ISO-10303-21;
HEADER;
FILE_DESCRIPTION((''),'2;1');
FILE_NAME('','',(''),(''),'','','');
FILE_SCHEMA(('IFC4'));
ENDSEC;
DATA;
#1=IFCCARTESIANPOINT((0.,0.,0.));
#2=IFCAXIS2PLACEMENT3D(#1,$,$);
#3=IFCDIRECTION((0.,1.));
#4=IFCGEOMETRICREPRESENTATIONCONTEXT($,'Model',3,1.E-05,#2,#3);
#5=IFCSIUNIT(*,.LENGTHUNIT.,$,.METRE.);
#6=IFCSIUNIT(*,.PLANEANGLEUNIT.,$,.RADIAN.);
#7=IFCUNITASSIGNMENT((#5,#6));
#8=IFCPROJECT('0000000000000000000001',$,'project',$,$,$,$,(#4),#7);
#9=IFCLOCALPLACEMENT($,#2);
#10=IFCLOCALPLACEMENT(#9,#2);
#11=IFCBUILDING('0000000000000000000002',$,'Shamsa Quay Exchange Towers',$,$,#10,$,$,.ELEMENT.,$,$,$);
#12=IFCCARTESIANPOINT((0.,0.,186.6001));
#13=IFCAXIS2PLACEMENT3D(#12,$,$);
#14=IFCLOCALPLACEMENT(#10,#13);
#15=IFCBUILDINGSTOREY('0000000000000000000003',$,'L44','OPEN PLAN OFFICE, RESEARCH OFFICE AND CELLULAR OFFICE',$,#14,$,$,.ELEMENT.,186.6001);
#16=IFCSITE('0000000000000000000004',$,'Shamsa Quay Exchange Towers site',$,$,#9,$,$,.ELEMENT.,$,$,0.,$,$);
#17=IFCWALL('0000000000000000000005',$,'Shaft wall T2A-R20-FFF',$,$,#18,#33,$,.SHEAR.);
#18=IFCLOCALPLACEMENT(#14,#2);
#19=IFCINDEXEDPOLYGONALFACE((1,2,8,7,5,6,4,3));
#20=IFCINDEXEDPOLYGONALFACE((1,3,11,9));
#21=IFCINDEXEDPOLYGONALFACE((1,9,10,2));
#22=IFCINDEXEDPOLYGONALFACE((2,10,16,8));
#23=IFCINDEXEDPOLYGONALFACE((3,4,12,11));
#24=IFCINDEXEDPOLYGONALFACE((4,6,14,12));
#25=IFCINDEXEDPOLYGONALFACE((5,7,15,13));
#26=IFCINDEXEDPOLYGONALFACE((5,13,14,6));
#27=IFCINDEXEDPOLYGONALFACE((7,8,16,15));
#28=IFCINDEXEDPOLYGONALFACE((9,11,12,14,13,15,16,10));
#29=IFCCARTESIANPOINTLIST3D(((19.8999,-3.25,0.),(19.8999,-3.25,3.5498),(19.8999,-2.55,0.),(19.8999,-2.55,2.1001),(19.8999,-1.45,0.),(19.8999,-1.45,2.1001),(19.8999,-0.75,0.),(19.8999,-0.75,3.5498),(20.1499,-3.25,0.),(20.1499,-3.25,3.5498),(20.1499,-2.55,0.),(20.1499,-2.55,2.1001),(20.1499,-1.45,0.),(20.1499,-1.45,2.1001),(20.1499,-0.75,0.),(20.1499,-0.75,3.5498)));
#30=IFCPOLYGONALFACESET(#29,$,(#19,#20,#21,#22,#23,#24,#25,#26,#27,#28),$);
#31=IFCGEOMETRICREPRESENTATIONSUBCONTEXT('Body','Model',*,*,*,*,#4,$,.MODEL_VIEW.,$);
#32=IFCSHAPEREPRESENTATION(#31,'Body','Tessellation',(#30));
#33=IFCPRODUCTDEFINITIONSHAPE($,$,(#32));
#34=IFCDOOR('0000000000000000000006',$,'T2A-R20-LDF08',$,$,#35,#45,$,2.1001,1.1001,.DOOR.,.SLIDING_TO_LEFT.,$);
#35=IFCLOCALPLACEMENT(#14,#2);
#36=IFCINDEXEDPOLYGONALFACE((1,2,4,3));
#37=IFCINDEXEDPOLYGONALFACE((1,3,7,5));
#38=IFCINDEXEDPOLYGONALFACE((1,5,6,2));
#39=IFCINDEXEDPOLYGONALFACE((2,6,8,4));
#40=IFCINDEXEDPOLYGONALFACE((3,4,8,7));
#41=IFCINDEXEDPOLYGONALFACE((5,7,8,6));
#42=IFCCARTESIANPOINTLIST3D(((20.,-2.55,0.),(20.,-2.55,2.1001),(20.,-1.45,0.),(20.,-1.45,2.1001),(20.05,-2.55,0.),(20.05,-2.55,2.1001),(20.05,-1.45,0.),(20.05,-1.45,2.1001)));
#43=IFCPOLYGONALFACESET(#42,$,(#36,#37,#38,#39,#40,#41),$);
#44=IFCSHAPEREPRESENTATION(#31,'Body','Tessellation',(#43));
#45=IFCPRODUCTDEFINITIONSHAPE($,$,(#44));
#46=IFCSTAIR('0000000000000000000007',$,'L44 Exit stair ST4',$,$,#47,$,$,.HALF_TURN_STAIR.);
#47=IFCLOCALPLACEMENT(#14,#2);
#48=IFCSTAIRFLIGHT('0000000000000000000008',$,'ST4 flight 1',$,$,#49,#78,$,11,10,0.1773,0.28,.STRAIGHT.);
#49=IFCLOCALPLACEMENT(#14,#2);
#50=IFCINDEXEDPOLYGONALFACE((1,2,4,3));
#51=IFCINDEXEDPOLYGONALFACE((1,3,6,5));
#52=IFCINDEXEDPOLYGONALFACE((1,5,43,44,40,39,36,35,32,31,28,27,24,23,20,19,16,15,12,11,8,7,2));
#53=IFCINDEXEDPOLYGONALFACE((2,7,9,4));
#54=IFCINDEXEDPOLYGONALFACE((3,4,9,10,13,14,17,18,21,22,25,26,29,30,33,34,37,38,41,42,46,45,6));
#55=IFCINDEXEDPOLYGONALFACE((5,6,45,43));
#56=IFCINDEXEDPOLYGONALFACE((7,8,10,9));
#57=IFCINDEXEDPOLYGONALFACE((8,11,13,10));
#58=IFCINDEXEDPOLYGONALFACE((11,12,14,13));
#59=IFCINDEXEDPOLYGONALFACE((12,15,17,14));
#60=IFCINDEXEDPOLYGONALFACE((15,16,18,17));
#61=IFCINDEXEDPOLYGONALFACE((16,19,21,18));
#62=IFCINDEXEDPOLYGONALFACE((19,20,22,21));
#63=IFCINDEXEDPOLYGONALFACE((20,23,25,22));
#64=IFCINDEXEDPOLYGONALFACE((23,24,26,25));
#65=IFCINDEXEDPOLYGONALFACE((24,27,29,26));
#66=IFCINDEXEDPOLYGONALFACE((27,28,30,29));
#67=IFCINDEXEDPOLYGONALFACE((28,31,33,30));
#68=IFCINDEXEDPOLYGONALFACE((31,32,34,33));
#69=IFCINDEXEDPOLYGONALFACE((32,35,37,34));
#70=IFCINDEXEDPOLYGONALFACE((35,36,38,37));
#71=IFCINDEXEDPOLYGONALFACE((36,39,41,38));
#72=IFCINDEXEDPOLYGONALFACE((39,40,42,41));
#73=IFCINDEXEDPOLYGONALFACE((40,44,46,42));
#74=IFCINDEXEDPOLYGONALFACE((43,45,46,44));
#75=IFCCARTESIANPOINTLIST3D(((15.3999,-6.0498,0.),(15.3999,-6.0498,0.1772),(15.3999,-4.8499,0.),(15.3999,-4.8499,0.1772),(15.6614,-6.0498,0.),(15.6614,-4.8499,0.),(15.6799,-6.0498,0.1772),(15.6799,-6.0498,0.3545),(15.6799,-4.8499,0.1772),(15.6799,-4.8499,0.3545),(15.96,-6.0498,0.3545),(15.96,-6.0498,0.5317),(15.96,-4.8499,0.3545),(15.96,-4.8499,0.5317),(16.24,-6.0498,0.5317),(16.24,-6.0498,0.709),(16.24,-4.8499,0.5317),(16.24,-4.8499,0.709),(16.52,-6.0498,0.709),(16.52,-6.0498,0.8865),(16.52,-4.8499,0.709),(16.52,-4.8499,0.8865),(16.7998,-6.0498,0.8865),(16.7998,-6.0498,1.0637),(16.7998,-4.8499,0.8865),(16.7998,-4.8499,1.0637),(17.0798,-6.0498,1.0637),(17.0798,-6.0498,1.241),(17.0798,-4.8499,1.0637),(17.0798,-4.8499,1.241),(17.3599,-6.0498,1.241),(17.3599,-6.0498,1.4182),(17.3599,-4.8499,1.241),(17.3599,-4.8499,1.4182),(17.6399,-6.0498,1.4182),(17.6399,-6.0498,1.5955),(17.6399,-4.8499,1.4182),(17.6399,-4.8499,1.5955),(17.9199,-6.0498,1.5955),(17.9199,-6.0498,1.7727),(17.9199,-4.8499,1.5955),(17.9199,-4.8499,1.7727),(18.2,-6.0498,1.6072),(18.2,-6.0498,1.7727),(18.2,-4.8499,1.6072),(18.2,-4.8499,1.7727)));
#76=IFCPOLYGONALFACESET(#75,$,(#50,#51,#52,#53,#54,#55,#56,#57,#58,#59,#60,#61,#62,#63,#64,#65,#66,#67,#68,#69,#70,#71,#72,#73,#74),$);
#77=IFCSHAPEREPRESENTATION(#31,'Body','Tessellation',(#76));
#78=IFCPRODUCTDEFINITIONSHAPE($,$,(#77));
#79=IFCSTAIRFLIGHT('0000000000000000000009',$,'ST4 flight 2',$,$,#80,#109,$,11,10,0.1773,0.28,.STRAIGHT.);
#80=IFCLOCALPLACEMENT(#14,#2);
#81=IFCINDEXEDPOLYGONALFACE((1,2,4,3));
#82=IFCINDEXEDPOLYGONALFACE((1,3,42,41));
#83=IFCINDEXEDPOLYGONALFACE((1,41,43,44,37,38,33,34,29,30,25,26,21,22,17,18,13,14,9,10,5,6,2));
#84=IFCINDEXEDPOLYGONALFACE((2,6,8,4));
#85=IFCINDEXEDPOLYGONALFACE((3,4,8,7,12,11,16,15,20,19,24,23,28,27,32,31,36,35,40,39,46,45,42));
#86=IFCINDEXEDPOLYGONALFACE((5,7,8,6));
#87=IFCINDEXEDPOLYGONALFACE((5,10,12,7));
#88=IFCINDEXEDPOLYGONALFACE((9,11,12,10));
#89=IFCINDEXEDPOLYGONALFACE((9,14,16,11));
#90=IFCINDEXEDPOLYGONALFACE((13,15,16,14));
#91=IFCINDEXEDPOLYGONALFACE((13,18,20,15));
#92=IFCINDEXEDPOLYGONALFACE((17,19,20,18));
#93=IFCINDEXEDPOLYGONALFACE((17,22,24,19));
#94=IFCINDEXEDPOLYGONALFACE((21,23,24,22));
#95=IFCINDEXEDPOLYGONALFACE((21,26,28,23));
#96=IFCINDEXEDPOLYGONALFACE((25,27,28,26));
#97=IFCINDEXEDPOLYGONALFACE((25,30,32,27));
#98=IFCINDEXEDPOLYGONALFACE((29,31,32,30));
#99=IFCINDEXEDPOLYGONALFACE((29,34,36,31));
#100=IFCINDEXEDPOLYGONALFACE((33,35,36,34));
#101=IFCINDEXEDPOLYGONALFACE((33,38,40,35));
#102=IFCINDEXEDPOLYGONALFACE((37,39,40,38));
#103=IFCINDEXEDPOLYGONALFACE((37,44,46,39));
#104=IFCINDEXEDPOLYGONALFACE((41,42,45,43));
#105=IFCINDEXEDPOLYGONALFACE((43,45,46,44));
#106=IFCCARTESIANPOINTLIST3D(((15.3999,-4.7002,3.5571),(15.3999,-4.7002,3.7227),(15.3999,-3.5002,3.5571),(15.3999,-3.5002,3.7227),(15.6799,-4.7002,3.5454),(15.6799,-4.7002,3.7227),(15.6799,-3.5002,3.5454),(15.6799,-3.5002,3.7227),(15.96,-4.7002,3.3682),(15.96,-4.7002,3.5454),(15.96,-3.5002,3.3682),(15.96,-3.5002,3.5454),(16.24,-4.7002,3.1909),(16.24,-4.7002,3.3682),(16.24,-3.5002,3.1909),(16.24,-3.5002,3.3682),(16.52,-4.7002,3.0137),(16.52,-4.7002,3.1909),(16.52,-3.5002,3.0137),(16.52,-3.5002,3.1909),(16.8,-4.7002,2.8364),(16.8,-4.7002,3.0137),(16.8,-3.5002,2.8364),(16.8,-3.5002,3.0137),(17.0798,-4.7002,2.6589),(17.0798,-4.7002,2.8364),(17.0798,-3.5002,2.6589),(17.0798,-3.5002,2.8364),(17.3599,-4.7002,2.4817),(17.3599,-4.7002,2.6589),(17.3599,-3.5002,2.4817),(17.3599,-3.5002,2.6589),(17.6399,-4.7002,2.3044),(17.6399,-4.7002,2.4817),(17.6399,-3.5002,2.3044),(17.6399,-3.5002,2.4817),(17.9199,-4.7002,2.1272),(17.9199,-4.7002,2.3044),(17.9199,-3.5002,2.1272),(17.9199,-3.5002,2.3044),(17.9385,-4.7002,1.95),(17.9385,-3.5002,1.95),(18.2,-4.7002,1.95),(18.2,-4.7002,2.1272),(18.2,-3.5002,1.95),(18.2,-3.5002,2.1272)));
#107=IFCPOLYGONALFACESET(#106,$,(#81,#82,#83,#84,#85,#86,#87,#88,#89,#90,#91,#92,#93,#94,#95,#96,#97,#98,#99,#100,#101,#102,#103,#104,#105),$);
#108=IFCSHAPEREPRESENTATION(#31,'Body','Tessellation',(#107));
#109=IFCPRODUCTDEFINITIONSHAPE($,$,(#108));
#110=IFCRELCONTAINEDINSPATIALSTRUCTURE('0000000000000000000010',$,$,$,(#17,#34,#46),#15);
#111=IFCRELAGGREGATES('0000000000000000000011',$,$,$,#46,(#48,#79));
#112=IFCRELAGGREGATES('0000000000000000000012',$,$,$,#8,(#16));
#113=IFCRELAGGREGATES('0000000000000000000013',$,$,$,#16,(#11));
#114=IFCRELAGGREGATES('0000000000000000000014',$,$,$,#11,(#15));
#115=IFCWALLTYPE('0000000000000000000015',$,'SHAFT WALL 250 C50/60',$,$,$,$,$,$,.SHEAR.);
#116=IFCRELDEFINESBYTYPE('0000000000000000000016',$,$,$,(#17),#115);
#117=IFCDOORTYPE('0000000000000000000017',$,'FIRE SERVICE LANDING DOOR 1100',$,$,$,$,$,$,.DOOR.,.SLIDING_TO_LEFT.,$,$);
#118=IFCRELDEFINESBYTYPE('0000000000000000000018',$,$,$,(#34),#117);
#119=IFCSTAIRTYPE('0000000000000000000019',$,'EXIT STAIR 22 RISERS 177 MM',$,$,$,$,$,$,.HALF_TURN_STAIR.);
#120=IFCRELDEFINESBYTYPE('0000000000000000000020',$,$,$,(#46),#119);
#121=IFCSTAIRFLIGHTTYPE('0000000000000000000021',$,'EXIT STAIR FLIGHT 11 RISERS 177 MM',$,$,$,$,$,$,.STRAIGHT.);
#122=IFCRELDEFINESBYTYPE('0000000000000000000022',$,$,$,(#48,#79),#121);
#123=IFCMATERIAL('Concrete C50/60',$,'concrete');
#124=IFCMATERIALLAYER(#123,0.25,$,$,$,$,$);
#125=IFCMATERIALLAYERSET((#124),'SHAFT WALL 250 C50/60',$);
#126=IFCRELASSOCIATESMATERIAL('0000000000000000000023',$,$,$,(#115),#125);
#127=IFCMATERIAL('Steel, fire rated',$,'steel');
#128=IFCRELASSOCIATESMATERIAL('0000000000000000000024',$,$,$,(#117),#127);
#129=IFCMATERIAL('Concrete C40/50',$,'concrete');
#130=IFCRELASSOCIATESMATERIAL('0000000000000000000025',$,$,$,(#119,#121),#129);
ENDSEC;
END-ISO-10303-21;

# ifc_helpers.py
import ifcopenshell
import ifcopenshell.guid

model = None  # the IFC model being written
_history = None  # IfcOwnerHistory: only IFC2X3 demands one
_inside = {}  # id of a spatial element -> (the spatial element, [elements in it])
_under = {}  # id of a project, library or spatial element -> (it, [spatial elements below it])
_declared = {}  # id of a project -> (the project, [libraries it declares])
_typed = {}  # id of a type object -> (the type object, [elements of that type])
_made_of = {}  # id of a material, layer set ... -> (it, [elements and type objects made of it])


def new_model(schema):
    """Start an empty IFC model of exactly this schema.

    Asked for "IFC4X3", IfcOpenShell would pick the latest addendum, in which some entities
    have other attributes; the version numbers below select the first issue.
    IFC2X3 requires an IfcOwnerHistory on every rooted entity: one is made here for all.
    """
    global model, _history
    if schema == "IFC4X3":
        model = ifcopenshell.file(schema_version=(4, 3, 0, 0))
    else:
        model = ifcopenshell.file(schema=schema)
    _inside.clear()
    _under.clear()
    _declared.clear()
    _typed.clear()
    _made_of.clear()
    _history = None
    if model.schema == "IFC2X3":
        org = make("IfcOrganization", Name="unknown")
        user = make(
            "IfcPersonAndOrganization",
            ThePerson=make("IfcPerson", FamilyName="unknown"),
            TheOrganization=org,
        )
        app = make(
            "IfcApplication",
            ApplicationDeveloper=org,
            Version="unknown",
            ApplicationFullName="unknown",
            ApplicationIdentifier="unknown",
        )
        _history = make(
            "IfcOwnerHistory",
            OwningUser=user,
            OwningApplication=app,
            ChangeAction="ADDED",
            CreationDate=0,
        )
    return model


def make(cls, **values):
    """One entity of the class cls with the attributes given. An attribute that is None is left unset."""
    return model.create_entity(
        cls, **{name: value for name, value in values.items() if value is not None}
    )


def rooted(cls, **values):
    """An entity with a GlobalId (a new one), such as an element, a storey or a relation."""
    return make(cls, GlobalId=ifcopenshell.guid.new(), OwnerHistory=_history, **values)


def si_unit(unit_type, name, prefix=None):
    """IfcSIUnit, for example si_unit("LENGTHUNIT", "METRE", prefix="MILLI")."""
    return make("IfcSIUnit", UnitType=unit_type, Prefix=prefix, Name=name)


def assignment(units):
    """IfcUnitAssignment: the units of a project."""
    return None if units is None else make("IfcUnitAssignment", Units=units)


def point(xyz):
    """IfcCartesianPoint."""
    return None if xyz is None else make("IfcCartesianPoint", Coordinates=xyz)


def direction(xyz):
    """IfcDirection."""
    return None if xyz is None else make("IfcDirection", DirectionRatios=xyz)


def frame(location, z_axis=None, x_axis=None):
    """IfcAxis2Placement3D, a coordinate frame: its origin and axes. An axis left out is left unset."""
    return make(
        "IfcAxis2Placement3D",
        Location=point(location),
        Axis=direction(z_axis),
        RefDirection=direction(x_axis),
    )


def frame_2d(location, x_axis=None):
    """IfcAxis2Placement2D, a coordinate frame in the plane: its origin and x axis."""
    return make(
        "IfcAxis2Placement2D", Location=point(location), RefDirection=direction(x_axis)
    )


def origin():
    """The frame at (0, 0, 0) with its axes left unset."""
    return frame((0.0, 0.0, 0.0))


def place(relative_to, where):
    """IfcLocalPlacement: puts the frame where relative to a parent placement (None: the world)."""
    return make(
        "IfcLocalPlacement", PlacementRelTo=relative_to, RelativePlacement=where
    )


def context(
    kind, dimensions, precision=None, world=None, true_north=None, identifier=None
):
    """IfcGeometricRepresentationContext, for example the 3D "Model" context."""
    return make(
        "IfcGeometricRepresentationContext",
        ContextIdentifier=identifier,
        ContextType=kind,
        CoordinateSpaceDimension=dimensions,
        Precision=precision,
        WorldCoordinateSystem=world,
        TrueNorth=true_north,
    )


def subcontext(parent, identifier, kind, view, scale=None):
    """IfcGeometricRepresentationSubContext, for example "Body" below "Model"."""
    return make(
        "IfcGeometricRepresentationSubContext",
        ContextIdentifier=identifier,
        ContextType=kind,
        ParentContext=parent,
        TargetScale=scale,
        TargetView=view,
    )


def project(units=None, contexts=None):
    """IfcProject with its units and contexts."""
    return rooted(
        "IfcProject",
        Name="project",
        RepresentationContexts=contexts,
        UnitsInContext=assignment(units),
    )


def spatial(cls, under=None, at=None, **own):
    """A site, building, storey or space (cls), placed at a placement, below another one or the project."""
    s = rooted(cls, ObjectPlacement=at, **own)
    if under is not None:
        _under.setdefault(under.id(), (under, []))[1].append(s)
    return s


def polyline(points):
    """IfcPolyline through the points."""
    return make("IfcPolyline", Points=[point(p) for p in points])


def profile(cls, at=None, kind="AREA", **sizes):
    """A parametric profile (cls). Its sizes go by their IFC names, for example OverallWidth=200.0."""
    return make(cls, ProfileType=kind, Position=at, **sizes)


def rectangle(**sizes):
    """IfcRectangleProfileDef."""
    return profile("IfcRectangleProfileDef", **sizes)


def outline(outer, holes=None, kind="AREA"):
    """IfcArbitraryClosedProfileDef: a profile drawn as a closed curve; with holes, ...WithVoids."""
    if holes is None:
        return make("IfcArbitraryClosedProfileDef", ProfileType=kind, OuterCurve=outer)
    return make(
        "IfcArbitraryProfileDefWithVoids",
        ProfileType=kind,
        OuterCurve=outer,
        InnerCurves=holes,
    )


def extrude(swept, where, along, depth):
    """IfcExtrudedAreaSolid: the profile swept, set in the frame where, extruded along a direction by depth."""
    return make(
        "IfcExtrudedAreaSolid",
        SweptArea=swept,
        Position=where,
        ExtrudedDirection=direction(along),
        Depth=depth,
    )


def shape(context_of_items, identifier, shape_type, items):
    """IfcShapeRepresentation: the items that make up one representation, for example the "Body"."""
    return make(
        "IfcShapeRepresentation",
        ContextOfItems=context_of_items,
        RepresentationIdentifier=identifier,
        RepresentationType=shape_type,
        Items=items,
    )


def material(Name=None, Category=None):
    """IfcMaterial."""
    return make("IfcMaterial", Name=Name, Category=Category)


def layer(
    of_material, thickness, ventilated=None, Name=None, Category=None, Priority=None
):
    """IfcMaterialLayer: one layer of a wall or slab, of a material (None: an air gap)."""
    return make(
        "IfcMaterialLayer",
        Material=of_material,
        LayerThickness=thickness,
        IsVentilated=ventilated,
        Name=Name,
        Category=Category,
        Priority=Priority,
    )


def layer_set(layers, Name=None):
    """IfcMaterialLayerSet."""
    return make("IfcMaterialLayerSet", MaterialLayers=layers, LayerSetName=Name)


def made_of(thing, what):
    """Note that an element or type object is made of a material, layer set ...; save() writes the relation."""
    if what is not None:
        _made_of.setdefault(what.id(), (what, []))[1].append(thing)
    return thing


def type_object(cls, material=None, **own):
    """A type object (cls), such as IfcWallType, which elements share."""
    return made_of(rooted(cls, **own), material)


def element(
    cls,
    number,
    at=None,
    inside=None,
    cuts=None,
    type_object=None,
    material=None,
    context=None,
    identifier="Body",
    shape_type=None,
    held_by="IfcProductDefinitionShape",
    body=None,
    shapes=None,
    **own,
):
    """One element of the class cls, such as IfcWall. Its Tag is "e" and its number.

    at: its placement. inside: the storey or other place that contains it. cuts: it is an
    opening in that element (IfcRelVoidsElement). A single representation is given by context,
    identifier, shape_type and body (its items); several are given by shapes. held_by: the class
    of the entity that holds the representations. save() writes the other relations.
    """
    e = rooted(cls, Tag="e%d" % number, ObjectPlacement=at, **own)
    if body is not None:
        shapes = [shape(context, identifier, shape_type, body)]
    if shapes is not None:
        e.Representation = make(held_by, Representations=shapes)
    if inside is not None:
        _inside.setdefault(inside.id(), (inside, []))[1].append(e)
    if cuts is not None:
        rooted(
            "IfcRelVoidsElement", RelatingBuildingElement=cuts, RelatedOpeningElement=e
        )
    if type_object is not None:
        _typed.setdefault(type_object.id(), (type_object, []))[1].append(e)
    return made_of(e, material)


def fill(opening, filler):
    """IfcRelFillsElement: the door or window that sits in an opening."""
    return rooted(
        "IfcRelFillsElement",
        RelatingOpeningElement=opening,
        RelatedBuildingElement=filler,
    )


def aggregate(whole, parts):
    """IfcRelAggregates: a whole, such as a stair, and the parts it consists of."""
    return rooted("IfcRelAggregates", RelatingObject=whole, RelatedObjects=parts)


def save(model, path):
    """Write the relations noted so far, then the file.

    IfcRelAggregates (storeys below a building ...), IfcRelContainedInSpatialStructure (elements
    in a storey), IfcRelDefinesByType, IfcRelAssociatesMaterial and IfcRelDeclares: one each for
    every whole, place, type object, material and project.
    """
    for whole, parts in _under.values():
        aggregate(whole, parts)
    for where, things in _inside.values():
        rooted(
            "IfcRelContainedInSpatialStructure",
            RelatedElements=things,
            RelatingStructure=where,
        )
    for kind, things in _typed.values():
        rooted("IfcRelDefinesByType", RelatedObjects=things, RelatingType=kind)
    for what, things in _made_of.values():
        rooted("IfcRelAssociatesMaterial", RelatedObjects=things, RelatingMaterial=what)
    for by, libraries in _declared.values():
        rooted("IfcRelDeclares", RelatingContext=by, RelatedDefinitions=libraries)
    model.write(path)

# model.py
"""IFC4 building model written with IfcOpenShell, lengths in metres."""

from ifc_helpers import new_model, si_unit, direction, frame, frame_2d, origin, place, context, subcontext, project, spatial, polyline, rectangle, outline, extrude, material, layer, layer_set, type_object, element, fill, aggregate, save


model = new_model("IFC4")

# Units and contexts
model_context = context("Model", 3, precision=1e-05, world=origin(), true_north=direction((0.0, 1.0)))
body_context = subcontext(model_context, "Body", "Model", "MODEL_VIEW")
ifc_project = project(units=[si_unit("LENGTHUNIT", "METRE"), si_unit("PLANEANGLEUNIT", "RADIAN")], contexts=[model_context])

# Site, building, storey
site_placement = place(None, origin())
site = spatial("IfcSite", under=ifc_project, at=site_placement, Name="Shamsa Quay Exchange Towers site", CompositionType="ELEMENT", RefElevation=0.0)
building_placement = place(site_placement, origin())
building = spatial("IfcBuilding", under=site, at=building_placement, Name="Shamsa Quay Exchange Towers", CompositionType="ELEMENT")
storey_placement = place(building_placement, frame((0.0, 0.0, 186.6001)))
storey = spatial("IfcBuildingStorey", under=building, at=storey_placement, Name="L44", Description="OPEN PLAN OFFICE, RESEARCH OFFICE AND CELLULAR OFFICE", CompositionType="ELEMENT", Elevation=186.6001)

# Shared definitions
ifc_material_1 = material(Name="Concrete C50/60", Category="concrete")
ifc_layer_1 = layer(ifc_material_1, 0.25)
ifc_layer_set_1 = layer_set([ifc_layer_1], Name="SHAFT WALL 250 C50/60")
wall_type_1 = type_object("IfcWallType", Name="SHAFT WALL 250 C50/60", PredefinedType="SHEAR", material=ifc_layer_set_1)

# Wall, opening, door
wall_1_placement = place(storey_placement, frame((20.0249, -3.25, 0.0), z_axis=(0.0, 0.0, 1.0), x_axis=(0.0, 1.0, 0.0)))
wall_1 = element("IfcWall", 1, at=wall_1_placement, inside=storey, type_object=wall_type_1, Name="Shaft wall T2A-R20-FFF", PredefinedType="SHEAR", context=body_context, shape_type="SweptSolid", body=[
    extrude(rectangle(XDim=2.5, YDim=0.25, at=frame_2d((1.25, 0.0))), origin(), (0.0, 0.0, 1.0), 3.5498),
])
opening_placement = place(wall_1_placement, frame((0.7, 0.0, 0.0)))
opening = element("IfcOpeningElement", 2, at=opening_placement, cuts=wall_1, PredefinedType="OPENING", context=body_context, shape_type="SweptSolid", body=[
    extrude(rectangle(XDim=1.1001, YDim=2.1001, at=frame_2d((0.55, 1.05))), frame((0.0, 0.135, 0.0), z_axis=(0.0, -1.0, 0.0), x_axis=(1.0, 0.0, 0.0)), (0.0, 0.0, 1.0), 0.27),
])
ifc_material_2 = material(Name="Steel, fire rated", Category="steel")
door_type = type_object("IfcDoorType", Name="FIRE SERVICE LANDING DOOR 1100", OperationType="SLIDING_TO_LEFT", PredefinedType="DOOR", material=ifc_material_2)
door_placement = place(opening_placement, origin())
door = element("IfcDoor", 3, at=door_placement, inside=storey, type_object=door_type, Name="T2A-R20-LDF08", OperationType="SLIDING_TO_LEFT", OverallHeight=2.1001, OverallWidth=1.1001, PredefinedType="DOOR", context=body_context, shape_type="SweptSolid", body=[
    extrude(rectangle(XDim=1.1001, YDim=2.1001, at=frame_2d((0.55, 1.05))), frame((0.0, 0.0249, 0.0), z_axis=(0.0, -1.0, 0.0), x_axis=(1.0, 0.0, 0.0)), (0.0, 0.0, 1.0), 0.05),
])
fill(opening, door)

# Stair, stair flights
ifc_material_3 = material(Name="Concrete C40/50", Category="concrete")
stair_type = type_object("IfcStairType", Name="EXIT STAIR 22 RISERS 177 MM", PredefinedType="HALF_TURN_STAIR", material=ifc_material_3)
stair_placement = place(storey_placement, origin())
stair = element("IfcStair", 4, at=stair_placement, inside=storey, type_object=stair_type, Name="L44 Exit stair ST4", PredefinedType="HALF_TURN_STAIR")
stair_flight_type = type_object("IfcStairFlightType", Name="EXIT STAIR FLIGHT 11 RISERS 177 MM", PredefinedType="STRAIGHT", material=ifc_material_3)
stair_flight_1_placement = place(storey_placement, frame((15.3999, -5.45, 0.0)))
stair_flight_1 = element("IfcStairFlight", 5, at=stair_flight_1_placement, type_object=stair_flight_type, Name="ST4 flight 1", NumberOfRisers=11, NumberOfTreads=10, PredefinedType="STRAIGHT", RiserHeight=0.1773, TreadLength=0.28, context=body_context, shape_type="SweptSolid", body=[
    extrude(outline(polyline([(0.0, 0.0), (0.0, 0.1772), (0.28, 0.1772), (0.28, 0.3545), (0.5601, 0.3545), (0.5601, 0.5317), (0.8401, 0.5317), (0.8401, 0.709), (1.1201, 0.709), (1.1201, 0.8865), (1.3999, 0.8865), (1.3999, 1.0637), (1.6799, 1.0637), (1.6799, 1.241), (1.96, 1.241), (1.96, 1.4182), (2.24, 1.4182), (2.24, 1.5955), (2.52, 1.5955), (2.52, 1.7727), (2.8, 1.7727), (2.8, 1.95), (2.8, 1.6072), (0.2615, 0.0), (0.0, 0.0)])), frame((0.0, 0.6001, 0.0), z_axis=(0.0, -1.0, 0.0), x_axis=(1.0, 0.0, 0.0)), (0.0, 0.0, 1.0), 1.2),
])
stair_flight_2_placement = place(storey_placement, frame((18.2, -4.1001, 1.95), z_axis=(0.0, 0.0, 1.0), x_axis=(-1.0, 0.0, 0.0)))
stair_flight_2 = element("IfcStairFlight", 6, at=stair_flight_2_placement, type_object=stair_flight_type, Name="ST4 flight 2", NumberOfRisers=11, NumberOfTreads=10, PredefinedType="STRAIGHT", RiserHeight=0.1773, TreadLength=0.28, context=body_context, shape_type="SweptSolid", body=[
    extrude(outline(polyline([(0.0, 0.0), (0.0, 0.1772), (0.28, 0.1772), (0.28, 0.3545), (0.5601, 0.3545), (0.5601, 0.5317), (0.8401, 0.5317), (0.8401, 0.709), (1.1201, 0.709), (1.1201, 0.8865), (1.3999, 0.8865), (1.3999, 1.0637), (1.6799, 1.0637), (1.6799, 1.241), (1.96, 1.241), (1.96, 1.4182), (2.24, 1.4182), (2.24, 1.5955), (2.52, 1.5955), (2.52, 1.7727), (2.8, 1.7727), (2.8, 1.95), (2.8, 1.6072), (0.2615, 0.0), (0.0, 0.0)])), frame((0.0, 0.6001, 0.0), z_axis=(0.0, -1.0, 0.0), x_axis=(1.0, 0.0, 0.0)), (0.0, 0.0, 1.0), 1.2),
])
aggregate(stair, [stair_flight_1, stair_flight_2])

save(model, "model.ifc")
